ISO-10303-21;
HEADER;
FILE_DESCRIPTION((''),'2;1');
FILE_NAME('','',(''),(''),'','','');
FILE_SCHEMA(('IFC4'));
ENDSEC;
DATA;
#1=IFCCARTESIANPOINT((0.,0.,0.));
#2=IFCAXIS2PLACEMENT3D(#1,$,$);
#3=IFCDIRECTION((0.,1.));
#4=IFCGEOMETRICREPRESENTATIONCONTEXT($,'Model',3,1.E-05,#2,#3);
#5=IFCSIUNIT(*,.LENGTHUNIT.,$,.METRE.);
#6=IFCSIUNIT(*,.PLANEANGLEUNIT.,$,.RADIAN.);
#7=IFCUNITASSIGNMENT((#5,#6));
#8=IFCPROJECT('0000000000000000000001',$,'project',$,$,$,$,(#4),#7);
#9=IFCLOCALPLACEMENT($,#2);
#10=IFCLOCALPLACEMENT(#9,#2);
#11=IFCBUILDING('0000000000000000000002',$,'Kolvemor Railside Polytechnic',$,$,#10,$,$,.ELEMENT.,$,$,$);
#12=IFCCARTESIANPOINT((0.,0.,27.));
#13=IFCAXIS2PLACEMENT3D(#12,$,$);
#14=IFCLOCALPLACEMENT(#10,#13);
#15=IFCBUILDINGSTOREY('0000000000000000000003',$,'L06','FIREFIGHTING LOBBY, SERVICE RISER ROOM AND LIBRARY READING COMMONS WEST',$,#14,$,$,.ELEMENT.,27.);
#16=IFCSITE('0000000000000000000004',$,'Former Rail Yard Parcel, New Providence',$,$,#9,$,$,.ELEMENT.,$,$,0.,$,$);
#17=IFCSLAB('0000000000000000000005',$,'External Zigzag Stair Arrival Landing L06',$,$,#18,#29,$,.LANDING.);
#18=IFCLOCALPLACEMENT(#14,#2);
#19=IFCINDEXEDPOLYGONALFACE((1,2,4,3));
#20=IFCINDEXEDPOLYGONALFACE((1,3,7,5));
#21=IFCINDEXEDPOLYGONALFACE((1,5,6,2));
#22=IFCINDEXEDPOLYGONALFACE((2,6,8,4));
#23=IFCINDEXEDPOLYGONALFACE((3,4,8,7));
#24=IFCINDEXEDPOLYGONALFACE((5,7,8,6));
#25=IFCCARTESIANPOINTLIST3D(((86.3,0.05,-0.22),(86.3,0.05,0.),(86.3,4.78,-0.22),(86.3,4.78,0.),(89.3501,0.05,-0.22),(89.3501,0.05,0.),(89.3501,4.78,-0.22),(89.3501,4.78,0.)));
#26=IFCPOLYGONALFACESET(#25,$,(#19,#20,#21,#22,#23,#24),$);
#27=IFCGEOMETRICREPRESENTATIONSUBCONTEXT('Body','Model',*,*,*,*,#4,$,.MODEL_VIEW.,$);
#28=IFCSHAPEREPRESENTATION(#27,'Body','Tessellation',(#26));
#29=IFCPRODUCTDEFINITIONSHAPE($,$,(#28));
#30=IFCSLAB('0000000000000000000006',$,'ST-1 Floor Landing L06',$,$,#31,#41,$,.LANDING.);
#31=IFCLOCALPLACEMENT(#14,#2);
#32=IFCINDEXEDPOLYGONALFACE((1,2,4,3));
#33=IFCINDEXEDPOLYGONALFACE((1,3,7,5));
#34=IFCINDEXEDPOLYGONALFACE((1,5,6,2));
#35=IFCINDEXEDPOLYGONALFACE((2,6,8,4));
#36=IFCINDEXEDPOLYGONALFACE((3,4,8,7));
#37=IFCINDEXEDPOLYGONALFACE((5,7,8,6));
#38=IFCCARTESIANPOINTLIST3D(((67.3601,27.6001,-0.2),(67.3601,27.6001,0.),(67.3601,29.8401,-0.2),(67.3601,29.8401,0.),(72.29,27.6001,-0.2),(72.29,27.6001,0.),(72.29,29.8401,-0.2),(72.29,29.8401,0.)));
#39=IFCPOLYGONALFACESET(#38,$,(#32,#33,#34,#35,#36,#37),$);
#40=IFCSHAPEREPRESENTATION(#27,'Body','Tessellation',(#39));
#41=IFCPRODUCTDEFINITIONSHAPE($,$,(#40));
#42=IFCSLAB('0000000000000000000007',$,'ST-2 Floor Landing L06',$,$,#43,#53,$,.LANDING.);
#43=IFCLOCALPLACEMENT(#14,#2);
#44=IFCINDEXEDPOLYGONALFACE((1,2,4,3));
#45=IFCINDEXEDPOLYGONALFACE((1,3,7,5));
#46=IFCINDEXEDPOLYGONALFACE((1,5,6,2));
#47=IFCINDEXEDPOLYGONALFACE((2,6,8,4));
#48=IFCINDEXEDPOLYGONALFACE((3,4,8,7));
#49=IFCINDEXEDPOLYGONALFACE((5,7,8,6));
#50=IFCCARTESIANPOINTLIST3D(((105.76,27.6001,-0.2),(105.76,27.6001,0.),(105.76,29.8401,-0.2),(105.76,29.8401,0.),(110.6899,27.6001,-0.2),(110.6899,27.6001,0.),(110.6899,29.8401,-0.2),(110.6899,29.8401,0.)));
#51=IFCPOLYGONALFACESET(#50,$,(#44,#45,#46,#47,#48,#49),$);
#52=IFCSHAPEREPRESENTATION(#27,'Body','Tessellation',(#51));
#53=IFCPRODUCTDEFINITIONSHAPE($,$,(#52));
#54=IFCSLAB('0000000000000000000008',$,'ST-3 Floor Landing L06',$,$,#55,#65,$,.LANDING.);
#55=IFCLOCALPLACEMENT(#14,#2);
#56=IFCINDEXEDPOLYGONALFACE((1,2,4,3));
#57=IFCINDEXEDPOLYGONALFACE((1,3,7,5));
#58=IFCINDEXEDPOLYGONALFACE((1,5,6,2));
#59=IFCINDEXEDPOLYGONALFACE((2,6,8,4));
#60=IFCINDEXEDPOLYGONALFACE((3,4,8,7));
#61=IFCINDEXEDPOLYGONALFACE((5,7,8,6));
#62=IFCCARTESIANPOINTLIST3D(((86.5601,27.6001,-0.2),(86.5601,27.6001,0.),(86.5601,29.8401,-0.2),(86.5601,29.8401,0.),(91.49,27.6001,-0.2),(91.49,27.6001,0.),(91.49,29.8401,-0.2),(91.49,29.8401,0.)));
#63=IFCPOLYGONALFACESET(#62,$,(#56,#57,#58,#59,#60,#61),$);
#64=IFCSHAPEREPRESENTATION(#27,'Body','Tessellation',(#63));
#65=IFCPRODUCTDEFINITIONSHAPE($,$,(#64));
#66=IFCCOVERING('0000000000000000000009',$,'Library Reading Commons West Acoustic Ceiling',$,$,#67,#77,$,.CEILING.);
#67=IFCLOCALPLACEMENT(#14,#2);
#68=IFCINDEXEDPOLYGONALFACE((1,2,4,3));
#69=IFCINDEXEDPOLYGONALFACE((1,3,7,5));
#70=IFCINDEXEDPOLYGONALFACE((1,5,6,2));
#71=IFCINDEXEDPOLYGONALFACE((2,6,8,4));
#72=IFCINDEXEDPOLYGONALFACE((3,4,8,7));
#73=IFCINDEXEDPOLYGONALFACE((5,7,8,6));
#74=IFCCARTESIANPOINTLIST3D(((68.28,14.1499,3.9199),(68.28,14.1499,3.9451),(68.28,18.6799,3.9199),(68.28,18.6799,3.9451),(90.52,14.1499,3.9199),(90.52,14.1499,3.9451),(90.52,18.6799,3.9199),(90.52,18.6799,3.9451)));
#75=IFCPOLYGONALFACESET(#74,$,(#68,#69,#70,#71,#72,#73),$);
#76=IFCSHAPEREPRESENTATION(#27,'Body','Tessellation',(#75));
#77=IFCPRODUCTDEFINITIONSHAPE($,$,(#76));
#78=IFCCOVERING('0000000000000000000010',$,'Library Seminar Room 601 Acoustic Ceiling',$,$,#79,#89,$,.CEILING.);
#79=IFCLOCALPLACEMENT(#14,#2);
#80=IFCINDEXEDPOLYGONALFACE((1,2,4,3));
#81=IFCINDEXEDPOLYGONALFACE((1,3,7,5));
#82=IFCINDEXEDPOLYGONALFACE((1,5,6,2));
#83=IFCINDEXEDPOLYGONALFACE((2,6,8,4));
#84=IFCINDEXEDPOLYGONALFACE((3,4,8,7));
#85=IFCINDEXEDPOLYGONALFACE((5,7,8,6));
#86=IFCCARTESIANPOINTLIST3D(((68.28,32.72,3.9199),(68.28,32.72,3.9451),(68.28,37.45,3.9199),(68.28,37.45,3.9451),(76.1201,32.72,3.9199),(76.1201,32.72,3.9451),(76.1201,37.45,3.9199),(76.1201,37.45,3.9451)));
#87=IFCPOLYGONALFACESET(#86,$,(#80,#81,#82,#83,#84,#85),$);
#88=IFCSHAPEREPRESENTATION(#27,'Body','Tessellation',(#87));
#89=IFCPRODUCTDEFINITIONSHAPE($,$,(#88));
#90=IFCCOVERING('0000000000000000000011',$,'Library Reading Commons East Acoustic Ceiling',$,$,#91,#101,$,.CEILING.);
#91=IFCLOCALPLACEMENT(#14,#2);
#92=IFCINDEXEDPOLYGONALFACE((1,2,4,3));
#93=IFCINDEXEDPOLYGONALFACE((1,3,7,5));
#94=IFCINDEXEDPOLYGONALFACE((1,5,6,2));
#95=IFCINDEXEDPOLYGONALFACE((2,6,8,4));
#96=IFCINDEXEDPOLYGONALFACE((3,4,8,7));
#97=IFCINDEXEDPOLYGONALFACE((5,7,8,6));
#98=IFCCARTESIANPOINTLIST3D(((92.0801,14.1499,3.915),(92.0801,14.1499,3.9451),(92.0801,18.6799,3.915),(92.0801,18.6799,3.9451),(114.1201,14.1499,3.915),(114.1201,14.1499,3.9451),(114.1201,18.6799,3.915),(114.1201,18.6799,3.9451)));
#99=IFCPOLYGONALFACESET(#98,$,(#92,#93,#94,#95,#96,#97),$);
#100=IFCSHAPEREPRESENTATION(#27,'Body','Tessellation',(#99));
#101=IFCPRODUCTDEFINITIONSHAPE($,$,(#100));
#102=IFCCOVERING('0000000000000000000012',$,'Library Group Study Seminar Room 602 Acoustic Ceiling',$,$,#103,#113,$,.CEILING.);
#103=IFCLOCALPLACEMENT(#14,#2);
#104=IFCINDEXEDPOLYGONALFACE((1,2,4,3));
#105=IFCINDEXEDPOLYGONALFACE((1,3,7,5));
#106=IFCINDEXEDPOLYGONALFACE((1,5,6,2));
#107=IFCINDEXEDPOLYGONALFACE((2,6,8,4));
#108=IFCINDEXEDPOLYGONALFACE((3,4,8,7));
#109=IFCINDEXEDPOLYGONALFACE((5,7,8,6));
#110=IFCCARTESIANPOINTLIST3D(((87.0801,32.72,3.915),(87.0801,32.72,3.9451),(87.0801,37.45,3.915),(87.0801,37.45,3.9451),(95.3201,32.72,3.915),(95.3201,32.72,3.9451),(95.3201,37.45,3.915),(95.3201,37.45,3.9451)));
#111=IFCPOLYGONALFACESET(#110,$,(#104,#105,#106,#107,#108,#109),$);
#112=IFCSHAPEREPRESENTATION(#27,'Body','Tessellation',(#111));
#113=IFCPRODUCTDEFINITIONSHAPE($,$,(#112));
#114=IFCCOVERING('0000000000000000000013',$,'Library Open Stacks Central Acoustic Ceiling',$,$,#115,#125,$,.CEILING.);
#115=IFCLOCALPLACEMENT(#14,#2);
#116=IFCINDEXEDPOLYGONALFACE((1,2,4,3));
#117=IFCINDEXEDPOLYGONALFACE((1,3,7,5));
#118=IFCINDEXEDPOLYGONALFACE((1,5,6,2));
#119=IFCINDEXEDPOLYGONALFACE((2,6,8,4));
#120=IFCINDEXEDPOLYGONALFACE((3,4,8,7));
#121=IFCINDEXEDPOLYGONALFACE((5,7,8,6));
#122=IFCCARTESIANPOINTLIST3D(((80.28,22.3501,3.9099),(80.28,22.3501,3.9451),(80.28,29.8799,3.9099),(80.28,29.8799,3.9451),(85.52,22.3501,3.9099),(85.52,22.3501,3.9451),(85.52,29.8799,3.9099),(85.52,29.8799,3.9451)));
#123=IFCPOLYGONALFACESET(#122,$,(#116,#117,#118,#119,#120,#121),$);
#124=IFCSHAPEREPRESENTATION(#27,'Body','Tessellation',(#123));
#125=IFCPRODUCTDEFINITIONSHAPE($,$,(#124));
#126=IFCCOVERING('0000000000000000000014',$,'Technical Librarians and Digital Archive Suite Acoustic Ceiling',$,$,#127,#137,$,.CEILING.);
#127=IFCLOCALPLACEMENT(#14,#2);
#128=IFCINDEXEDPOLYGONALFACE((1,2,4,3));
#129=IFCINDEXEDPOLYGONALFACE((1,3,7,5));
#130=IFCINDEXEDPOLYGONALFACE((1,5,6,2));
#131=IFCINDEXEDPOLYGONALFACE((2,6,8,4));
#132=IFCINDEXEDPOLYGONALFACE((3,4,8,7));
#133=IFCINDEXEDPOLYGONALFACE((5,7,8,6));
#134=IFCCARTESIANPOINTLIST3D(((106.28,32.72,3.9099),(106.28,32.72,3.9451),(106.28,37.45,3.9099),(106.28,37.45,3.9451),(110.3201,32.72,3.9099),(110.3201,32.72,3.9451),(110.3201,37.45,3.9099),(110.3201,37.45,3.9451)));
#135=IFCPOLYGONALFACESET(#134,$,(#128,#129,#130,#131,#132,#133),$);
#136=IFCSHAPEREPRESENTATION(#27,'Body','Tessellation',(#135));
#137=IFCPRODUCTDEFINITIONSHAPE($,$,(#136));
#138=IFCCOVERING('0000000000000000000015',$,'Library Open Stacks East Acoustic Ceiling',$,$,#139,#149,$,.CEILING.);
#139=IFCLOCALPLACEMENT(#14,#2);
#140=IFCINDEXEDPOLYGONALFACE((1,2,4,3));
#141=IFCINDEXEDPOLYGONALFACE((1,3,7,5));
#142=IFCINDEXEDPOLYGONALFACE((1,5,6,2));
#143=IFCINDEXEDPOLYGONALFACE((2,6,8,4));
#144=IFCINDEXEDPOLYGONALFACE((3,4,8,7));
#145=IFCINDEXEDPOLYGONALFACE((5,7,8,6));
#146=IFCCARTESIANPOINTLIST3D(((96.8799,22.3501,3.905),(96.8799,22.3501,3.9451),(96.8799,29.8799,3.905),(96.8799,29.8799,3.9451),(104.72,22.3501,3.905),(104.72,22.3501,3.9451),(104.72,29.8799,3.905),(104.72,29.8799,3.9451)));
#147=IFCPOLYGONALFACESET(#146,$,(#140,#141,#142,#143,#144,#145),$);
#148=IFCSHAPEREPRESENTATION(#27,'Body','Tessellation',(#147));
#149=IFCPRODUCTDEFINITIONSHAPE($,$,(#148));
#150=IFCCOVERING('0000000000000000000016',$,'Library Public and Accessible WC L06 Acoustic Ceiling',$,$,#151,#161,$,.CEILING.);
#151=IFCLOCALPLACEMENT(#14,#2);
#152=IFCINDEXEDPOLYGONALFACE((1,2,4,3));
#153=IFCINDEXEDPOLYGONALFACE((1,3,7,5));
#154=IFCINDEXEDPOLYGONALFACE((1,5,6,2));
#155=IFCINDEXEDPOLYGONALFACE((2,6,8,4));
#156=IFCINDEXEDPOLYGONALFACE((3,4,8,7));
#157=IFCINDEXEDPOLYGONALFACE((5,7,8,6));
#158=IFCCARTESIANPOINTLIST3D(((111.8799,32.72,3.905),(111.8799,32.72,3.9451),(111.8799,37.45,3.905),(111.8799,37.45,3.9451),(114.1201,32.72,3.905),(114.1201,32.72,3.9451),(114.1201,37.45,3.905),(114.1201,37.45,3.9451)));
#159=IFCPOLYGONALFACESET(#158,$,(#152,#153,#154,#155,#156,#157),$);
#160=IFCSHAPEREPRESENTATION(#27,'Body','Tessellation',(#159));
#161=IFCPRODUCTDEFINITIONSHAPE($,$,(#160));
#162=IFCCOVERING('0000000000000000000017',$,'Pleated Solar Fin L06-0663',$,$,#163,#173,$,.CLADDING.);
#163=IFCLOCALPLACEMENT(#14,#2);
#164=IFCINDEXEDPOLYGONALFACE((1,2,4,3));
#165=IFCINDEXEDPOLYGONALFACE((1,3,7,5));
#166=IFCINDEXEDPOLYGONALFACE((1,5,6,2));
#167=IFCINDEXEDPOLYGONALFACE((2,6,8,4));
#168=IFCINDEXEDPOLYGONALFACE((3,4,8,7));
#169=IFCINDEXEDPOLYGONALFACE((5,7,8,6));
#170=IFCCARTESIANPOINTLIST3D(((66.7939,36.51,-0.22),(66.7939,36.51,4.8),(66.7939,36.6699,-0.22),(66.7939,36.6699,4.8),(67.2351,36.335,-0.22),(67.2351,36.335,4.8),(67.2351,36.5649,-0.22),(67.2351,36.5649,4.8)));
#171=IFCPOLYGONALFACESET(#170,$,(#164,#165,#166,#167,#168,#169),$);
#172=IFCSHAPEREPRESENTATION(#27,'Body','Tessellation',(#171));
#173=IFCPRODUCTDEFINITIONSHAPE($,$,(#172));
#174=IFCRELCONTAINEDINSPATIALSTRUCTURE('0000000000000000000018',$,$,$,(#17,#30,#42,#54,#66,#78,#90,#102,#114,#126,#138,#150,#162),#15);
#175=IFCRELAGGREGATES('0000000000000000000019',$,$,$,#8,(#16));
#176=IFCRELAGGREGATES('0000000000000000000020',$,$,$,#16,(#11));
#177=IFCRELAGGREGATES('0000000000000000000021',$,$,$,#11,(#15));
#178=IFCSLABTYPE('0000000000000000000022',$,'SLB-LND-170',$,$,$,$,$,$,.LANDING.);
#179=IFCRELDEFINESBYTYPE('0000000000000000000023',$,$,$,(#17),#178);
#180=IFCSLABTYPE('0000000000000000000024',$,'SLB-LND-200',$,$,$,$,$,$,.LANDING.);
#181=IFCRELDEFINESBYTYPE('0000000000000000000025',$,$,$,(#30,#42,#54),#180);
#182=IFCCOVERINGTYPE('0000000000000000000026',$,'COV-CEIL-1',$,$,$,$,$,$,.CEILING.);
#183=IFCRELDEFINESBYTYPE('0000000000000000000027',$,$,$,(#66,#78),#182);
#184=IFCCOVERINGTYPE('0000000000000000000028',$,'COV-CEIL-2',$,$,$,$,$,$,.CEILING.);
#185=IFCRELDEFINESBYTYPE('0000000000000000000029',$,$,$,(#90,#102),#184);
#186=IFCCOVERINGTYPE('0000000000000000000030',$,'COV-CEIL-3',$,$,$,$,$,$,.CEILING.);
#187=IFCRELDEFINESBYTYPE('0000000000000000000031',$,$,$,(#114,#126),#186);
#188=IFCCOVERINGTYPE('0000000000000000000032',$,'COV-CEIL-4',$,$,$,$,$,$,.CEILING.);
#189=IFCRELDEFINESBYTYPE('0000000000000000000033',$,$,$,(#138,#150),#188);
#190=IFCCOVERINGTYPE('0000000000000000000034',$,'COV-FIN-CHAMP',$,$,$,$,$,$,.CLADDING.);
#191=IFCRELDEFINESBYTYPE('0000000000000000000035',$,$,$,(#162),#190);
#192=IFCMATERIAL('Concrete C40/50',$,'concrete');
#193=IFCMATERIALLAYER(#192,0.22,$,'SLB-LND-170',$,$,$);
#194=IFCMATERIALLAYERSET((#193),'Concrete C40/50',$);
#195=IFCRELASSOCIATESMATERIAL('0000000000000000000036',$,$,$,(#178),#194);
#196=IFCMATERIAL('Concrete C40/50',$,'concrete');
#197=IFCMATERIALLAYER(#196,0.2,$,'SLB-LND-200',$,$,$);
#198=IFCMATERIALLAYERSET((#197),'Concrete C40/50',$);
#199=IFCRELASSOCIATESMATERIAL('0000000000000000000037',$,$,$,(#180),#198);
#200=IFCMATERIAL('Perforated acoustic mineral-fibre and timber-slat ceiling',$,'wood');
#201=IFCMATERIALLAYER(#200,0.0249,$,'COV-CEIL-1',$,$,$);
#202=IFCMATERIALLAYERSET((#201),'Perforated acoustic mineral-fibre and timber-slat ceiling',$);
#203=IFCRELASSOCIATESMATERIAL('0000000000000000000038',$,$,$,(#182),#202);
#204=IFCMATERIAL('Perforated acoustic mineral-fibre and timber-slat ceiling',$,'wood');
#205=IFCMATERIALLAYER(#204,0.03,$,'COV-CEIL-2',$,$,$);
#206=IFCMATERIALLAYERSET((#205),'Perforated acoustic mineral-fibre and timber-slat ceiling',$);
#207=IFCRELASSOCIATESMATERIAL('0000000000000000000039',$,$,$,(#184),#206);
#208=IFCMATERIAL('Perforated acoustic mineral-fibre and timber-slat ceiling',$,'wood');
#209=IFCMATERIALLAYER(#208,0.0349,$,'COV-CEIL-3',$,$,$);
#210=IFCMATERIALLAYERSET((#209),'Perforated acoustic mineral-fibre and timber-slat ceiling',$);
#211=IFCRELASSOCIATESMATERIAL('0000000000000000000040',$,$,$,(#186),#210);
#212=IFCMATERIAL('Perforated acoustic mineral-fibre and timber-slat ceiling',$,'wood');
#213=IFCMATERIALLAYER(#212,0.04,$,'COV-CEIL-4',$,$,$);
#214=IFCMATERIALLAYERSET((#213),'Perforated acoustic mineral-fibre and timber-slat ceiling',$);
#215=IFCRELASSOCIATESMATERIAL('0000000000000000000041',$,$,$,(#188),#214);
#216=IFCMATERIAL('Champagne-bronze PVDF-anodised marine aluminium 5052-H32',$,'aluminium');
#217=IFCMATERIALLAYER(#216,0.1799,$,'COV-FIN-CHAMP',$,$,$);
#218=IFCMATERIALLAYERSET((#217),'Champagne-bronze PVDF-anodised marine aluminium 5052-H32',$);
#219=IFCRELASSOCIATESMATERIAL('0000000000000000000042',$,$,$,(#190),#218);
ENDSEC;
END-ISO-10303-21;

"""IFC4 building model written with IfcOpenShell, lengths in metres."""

from ifc_helpers import new_model, si_unit, direction, frame, origin, place, context, subcontext, project, spatial, polyline, outline, extrude, material, layer, layer_set, type_object, element, save


model = new_model("IFC4")

# Units and contexts
model_context = context("Model", 3, precision=1e-05, world=origin(), true_north=direction((0.0, 1.0)))
body_context = subcontext(model_context, "Body", "Model", "MODEL_VIEW")
ifc_project = project(units=[si_unit("LENGTHUNIT", "METRE"), si_unit("PLANEANGLEUNIT", "RADIAN")], contexts=[model_context])

# Site, building, storey
site_placement = place(None, origin())
site = spatial("IfcSite", under=ifc_project, at=site_placement, Name="Former Rail Yard Parcel, New Providence", CompositionType="ELEMENT", RefElevation=0.0)
building_placement = place(site_placement, origin())
building = spatial("IfcBuilding", under=site, at=building_placement, Name="Kolvemor Railside Polytechnic", CompositionType="ELEMENT")
storey_placement = place(building_placement, frame((0.0, 0.0, 27.0)))
storey = spatial("IfcBuildingStorey", under=building, at=storey_placement, Name="L06", Description="FIREFIGHTING LOBBY, SERVICE RISER ROOM AND LIBRARY READING COMMONS WEST", CompositionType="ELEMENT", Elevation=27.0)

# Slabs
ifc_material_1 = material(Name="Concrete C40/50", Category="concrete")
ifc_layer_1 = layer(ifc_material_1, 0.22, Name="SLB-LND-170")
ifc_layer_set_1 = layer_set([ifc_layer_1], Name="Concrete C40/50")
slab_type_1 = type_object("IfcSlabType", Name="SLB-LND-170", PredefinedType="LANDING", material=ifc_layer_set_1)
slab_1_placement = place(storey_placement, frame((0.0, 0.0, -0.22)))
element("IfcSlab", 1, at=slab_1_placement, inside=storey, type_object=slab_type_1, Name="External Zigzag Stair Arrival Landing L06", PredefinedType="LANDING", context=body_context, shape_type="SweptSolid", body=[
    extrude(outline(polyline([(86.3, 0.05), (89.3501, 0.05), (89.3501, 4.78), (86.3, 4.78), (86.3, 0.05)])), origin(), (0.0, 0.0, 1.0), 0.22),
])
ifc_material_2 = material(Name="Concrete C40/50", Category="concrete")
ifc_layer_2 = layer(ifc_material_2, 0.2, Name="SLB-LND-200")
ifc_layer_set_2 = layer_set([ifc_layer_2], Name="Concrete C40/50")
slab_type_2 = type_object("IfcSlabType", Name="SLB-LND-200", PredefinedType="LANDING", material=ifc_layer_set_2)
slab_2_placement = place(storey_placement, frame((0.0, 0.0, -0.2)))
element("IfcSlab", 2, at=slab_2_placement, inside=storey, type_object=slab_type_2, Name="ST-1 Floor Landing L06", PredefinedType="LANDING", context=body_context, shape_type="SweptSolid", body=[
    extrude(outline(polyline([(67.3601, 27.6001), (72.29, 27.6001), (72.29, 29.8401), (67.3601, 29.8401), (67.3601, 27.6001)])), origin(), (0.0, 0.0, 1.0), 0.2),
])
slab_3_placement = place(storey_placement, frame((0.0, 0.0, -0.2)))
element("IfcSlab", 3, at=slab_3_placement, inside=storey, type_object=slab_type_2, Name="ST-2 Floor Landing L06", PredefinedType="LANDING", context=body_context, shape_type="SweptSolid", body=[
    extrude(outline(polyline([(105.76, 27.6001), (110.6899, 27.6001), (110.6899, 29.8401), (105.76, 29.8401), (105.76, 27.6001)])), origin(), (0.0, 0.0, 1.0), 0.2),
])
slab_4_placement = place(storey_placement, frame((0.0, 0.0, -0.2)))
element("IfcSlab", 4, at=slab_4_placement, inside=storey, type_object=slab_type_2, Name="ST-3 Floor Landing L06", PredefinedType="LANDING", context=body_context, shape_type="SweptSolid", body=[
    extrude(outline(polyline([(86.5601, 27.6001), (91.49, 27.6001), (91.49, 29.8401), (86.5601, 29.8401), (86.5601, 27.6001)])), origin(), (0.0, 0.0, 1.0), 0.2),
])

# Coverings
ifc_material_3 = material(Name="Perforated acoustic mineral-fibre and timber-slat ceiling", Category="wood")
ifc_layer_3 = layer(ifc_material_3, 0.0249, Name="COV-CEIL-1")
ifc_layer_set_3 = layer_set([ifc_layer_3], Name="Perforated acoustic mineral-fibre and timber-slat ceiling")
covering_type_1 = type_object("IfcCoveringType", Name="COV-CEIL-1", PredefinedType="CEILING", material=ifc_layer_set_3)
covering_1_placement = place(storey_placement, frame((0.0, 0.0, 3.9199)))
element("IfcCovering", 5, at=covering_1_placement, inside=storey, type_object=covering_type_1, Name="Library Reading Commons West Acoustic Ceiling", PredefinedType="CEILING", context=body_context, shape_type="SweptSolid", body=[
    extrude(outline(polyline([(68.28, 14.1499), (90.52, 14.1499), (90.52, 18.6799), (68.28, 18.6799), (68.28, 14.1499)])), origin(), (0.0, 0.0, 1.0), 0.0251),
])
covering_2_placement = place(storey_placement, frame((0.0, 0.0, 3.9199)))
element("IfcCovering", 6, at=covering_2_placement, inside=storey, type_object=covering_type_1, Name="Library Seminar Room 601 Acoustic Ceiling", PredefinedType="CEILING", context=body_context, shape_type="SweptSolid", body=[
    extrude(outline(polyline([(68.28, 32.72), (76.1201, 32.72), (76.1201, 37.45), (68.28, 37.45), (68.28, 32.72)])), origin(), (0.0, 0.0, 1.0), 0.0251),
])
ifc_material_4 = material(Name="Perforated acoustic mineral-fibre and timber-slat ceiling", Category="wood")
ifc_layer_4 = layer(ifc_material_4, 0.03, Name="COV-CEIL-2")
ifc_layer_set_4 = layer_set([ifc_layer_4], Name="Perforated acoustic mineral-fibre and timber-slat ceiling")
covering_type_2 = type_object("IfcCoveringType", Name="COV-CEIL-2", PredefinedType="CEILING", material=ifc_layer_set_4)
covering_3_placement = place(storey_placement, frame((0.0, 0.0, 3.915)))
element("IfcCovering", 7, at=covering_3_placement, inside=storey, type_object=covering_type_2, Name="Library Reading Commons East Acoustic Ceiling", PredefinedType="CEILING", context=body_context, shape_type="SweptSolid", body=[
    extrude(outline(polyline([(92.0801, 14.1499), (114.1201, 14.1499), (114.1201, 18.6799), (92.0801, 18.6799), (92.0801, 14.1499)])), origin(), (0.0, 0.0, 1.0), 0.03),
])
covering_4_placement = place(storey_placement, frame((0.0, 0.0, 3.915)))
element("IfcCovering", 8, at=covering_4_placement, inside=storey, type_object=covering_type_2, Name="Library Group Study Seminar Room 602 Acoustic Ceiling", PredefinedType="CEILING", context=body_context, shape_type="SweptSolid", body=[
    extrude(outline(polyline([(87.0801, 32.72), (95.3201, 32.72), (95.3201, 37.45), (87.0801, 37.45), (87.0801, 32.72)])), origin(), (0.0, 0.0, 1.0), 0.03),
])
ifc_material_5 = material(Name="Perforated acoustic mineral-fibre and timber-slat ceiling", Category="wood")
ifc_layer_5 = layer(ifc_material_5, 0.0349, Name="COV-CEIL-3")
ifc_layer_set_5 = layer_set([ifc_layer_5], Name="Perforated acoustic mineral-fibre and timber-slat ceiling")
covering_type_3 = type_object("IfcCoveringType", Name="COV-CEIL-3", PredefinedType="CEILING", material=ifc_layer_set_5)
covering_5_placement = place(storey_placement, frame((0.0, 0.0, 3.9099)))
element("IfcCovering", 9, at=covering_5_placement, inside=storey, type_object=covering_type_3, Name="Library Open Stacks Central Acoustic Ceiling", PredefinedType="CEILING", context=body_context, shape_type="SweptSolid", body=[
    extrude(outline(polyline([(80.28, 22.3501), (85.52, 22.3501), (85.52, 29.8799), (80.28, 29.8799), (80.28, 22.3501)])), origin(), (0.0, 0.0, 1.0), 0.0352),
])
covering_6_placement = place(storey_placement, frame((0.0, 0.0, 3.9099)))
element("IfcCovering", 10, at=covering_6_placement, inside=storey, type_object=covering_type_3, Name="Technical Librarians and Digital Archive Suite Acoustic Ceiling", PredefinedType="CEILING", context=body_context, shape_type="SweptSolid", body=[
    extrude(outline(polyline([(106.28, 32.72), (110.3201, 32.72), (110.3201, 37.45), (106.28, 37.45), (106.28, 32.72)])), origin(), (0.0, 0.0, 1.0), 0.0352),
])
ifc_material_6 = material(Name="Perforated acoustic mineral-fibre and timber-slat ceiling", Category="wood")
ifc_layer_6 = layer(ifc_material_6, 0.04, Name="COV-CEIL-4")
ifc_layer_set_6 = layer_set([ifc_layer_6], Name="Perforated acoustic mineral-fibre and timber-slat ceiling")
covering_type_4 = type_object("IfcCoveringType", Name="COV-CEIL-4", PredefinedType="CEILING", material=ifc_layer_set_6)
covering_7_placement = place(storey_placement, frame((0.0, 0.0, 3.905)))
element("IfcCovering", 11, at=covering_7_placement, inside=storey, type_object=covering_type_4, Name="Library Open Stacks East Acoustic Ceiling", PredefinedType="CEILING", context=body_context, shape_type="SweptSolid", body=[
    extrude(outline(polyline([(96.8799, 22.3501), (104.72, 22.3501), (104.72, 29.8799), (96.8799, 29.8799), (96.8799, 22.3501)])), origin(), (0.0, 0.0, 1.0), 0.04),
])
covering_8_placement = place(storey_placement, frame((0.0, 0.0, 3.905)))
element("IfcCovering", 12, at=covering_8_placement, inside=storey, type_object=covering_type_4, Name="Library Public and Accessible WC L06 Acoustic Ceiling", PredefinedType="CEILING", context=body_context, shape_type="SweptSolid", body=[
    extrude(outline(polyline([(111.8799, 32.72), (114.1201, 32.72), (114.1201, 37.45), (111.8799, 37.45), (111.8799, 32.72)])), origin(), (0.0, 0.0, 1.0), 0.04),
])
ifc_material_7 = material(Name="Champagne-bronze PVDF-anodised marine aluminium 5052-H32", Category="aluminium")
ifc_layer_7 = layer(ifc_material_7, 0.1799, Name="COV-FIN-CHAMP")
ifc_layer_set_7 = layer_set([ifc_layer_7], Name="Champagne-bronze PVDF-anodised marine aluminium 5052-H32")
covering_type_5 = type_object("IfcCoveringType", Name="COV-FIN-CHAMP", PredefinedType="CLADDING", material=ifc_layer_set_7)
covering_9_placement = place(storey_placement, frame((0.0, 0.0, -0.22)))
element("IfcCovering", 13, at=covering_9_placement, inside=storey, type_object=covering_type_5, Name="Pleated Solar Fin L06-0663", PredefinedType="CLADDING", context=body_context, shape_type="SweptSolid", body=[
    extrude(outline(polyline([(67.2351, 36.335), (67.2351, 36.5649), (66.7939, 36.6699), (66.7939, 36.51), (67.2351, 36.335)])), origin(), (0.0, 0.0, 1.0), 5.02),
])

save(model, "model.ifc")
